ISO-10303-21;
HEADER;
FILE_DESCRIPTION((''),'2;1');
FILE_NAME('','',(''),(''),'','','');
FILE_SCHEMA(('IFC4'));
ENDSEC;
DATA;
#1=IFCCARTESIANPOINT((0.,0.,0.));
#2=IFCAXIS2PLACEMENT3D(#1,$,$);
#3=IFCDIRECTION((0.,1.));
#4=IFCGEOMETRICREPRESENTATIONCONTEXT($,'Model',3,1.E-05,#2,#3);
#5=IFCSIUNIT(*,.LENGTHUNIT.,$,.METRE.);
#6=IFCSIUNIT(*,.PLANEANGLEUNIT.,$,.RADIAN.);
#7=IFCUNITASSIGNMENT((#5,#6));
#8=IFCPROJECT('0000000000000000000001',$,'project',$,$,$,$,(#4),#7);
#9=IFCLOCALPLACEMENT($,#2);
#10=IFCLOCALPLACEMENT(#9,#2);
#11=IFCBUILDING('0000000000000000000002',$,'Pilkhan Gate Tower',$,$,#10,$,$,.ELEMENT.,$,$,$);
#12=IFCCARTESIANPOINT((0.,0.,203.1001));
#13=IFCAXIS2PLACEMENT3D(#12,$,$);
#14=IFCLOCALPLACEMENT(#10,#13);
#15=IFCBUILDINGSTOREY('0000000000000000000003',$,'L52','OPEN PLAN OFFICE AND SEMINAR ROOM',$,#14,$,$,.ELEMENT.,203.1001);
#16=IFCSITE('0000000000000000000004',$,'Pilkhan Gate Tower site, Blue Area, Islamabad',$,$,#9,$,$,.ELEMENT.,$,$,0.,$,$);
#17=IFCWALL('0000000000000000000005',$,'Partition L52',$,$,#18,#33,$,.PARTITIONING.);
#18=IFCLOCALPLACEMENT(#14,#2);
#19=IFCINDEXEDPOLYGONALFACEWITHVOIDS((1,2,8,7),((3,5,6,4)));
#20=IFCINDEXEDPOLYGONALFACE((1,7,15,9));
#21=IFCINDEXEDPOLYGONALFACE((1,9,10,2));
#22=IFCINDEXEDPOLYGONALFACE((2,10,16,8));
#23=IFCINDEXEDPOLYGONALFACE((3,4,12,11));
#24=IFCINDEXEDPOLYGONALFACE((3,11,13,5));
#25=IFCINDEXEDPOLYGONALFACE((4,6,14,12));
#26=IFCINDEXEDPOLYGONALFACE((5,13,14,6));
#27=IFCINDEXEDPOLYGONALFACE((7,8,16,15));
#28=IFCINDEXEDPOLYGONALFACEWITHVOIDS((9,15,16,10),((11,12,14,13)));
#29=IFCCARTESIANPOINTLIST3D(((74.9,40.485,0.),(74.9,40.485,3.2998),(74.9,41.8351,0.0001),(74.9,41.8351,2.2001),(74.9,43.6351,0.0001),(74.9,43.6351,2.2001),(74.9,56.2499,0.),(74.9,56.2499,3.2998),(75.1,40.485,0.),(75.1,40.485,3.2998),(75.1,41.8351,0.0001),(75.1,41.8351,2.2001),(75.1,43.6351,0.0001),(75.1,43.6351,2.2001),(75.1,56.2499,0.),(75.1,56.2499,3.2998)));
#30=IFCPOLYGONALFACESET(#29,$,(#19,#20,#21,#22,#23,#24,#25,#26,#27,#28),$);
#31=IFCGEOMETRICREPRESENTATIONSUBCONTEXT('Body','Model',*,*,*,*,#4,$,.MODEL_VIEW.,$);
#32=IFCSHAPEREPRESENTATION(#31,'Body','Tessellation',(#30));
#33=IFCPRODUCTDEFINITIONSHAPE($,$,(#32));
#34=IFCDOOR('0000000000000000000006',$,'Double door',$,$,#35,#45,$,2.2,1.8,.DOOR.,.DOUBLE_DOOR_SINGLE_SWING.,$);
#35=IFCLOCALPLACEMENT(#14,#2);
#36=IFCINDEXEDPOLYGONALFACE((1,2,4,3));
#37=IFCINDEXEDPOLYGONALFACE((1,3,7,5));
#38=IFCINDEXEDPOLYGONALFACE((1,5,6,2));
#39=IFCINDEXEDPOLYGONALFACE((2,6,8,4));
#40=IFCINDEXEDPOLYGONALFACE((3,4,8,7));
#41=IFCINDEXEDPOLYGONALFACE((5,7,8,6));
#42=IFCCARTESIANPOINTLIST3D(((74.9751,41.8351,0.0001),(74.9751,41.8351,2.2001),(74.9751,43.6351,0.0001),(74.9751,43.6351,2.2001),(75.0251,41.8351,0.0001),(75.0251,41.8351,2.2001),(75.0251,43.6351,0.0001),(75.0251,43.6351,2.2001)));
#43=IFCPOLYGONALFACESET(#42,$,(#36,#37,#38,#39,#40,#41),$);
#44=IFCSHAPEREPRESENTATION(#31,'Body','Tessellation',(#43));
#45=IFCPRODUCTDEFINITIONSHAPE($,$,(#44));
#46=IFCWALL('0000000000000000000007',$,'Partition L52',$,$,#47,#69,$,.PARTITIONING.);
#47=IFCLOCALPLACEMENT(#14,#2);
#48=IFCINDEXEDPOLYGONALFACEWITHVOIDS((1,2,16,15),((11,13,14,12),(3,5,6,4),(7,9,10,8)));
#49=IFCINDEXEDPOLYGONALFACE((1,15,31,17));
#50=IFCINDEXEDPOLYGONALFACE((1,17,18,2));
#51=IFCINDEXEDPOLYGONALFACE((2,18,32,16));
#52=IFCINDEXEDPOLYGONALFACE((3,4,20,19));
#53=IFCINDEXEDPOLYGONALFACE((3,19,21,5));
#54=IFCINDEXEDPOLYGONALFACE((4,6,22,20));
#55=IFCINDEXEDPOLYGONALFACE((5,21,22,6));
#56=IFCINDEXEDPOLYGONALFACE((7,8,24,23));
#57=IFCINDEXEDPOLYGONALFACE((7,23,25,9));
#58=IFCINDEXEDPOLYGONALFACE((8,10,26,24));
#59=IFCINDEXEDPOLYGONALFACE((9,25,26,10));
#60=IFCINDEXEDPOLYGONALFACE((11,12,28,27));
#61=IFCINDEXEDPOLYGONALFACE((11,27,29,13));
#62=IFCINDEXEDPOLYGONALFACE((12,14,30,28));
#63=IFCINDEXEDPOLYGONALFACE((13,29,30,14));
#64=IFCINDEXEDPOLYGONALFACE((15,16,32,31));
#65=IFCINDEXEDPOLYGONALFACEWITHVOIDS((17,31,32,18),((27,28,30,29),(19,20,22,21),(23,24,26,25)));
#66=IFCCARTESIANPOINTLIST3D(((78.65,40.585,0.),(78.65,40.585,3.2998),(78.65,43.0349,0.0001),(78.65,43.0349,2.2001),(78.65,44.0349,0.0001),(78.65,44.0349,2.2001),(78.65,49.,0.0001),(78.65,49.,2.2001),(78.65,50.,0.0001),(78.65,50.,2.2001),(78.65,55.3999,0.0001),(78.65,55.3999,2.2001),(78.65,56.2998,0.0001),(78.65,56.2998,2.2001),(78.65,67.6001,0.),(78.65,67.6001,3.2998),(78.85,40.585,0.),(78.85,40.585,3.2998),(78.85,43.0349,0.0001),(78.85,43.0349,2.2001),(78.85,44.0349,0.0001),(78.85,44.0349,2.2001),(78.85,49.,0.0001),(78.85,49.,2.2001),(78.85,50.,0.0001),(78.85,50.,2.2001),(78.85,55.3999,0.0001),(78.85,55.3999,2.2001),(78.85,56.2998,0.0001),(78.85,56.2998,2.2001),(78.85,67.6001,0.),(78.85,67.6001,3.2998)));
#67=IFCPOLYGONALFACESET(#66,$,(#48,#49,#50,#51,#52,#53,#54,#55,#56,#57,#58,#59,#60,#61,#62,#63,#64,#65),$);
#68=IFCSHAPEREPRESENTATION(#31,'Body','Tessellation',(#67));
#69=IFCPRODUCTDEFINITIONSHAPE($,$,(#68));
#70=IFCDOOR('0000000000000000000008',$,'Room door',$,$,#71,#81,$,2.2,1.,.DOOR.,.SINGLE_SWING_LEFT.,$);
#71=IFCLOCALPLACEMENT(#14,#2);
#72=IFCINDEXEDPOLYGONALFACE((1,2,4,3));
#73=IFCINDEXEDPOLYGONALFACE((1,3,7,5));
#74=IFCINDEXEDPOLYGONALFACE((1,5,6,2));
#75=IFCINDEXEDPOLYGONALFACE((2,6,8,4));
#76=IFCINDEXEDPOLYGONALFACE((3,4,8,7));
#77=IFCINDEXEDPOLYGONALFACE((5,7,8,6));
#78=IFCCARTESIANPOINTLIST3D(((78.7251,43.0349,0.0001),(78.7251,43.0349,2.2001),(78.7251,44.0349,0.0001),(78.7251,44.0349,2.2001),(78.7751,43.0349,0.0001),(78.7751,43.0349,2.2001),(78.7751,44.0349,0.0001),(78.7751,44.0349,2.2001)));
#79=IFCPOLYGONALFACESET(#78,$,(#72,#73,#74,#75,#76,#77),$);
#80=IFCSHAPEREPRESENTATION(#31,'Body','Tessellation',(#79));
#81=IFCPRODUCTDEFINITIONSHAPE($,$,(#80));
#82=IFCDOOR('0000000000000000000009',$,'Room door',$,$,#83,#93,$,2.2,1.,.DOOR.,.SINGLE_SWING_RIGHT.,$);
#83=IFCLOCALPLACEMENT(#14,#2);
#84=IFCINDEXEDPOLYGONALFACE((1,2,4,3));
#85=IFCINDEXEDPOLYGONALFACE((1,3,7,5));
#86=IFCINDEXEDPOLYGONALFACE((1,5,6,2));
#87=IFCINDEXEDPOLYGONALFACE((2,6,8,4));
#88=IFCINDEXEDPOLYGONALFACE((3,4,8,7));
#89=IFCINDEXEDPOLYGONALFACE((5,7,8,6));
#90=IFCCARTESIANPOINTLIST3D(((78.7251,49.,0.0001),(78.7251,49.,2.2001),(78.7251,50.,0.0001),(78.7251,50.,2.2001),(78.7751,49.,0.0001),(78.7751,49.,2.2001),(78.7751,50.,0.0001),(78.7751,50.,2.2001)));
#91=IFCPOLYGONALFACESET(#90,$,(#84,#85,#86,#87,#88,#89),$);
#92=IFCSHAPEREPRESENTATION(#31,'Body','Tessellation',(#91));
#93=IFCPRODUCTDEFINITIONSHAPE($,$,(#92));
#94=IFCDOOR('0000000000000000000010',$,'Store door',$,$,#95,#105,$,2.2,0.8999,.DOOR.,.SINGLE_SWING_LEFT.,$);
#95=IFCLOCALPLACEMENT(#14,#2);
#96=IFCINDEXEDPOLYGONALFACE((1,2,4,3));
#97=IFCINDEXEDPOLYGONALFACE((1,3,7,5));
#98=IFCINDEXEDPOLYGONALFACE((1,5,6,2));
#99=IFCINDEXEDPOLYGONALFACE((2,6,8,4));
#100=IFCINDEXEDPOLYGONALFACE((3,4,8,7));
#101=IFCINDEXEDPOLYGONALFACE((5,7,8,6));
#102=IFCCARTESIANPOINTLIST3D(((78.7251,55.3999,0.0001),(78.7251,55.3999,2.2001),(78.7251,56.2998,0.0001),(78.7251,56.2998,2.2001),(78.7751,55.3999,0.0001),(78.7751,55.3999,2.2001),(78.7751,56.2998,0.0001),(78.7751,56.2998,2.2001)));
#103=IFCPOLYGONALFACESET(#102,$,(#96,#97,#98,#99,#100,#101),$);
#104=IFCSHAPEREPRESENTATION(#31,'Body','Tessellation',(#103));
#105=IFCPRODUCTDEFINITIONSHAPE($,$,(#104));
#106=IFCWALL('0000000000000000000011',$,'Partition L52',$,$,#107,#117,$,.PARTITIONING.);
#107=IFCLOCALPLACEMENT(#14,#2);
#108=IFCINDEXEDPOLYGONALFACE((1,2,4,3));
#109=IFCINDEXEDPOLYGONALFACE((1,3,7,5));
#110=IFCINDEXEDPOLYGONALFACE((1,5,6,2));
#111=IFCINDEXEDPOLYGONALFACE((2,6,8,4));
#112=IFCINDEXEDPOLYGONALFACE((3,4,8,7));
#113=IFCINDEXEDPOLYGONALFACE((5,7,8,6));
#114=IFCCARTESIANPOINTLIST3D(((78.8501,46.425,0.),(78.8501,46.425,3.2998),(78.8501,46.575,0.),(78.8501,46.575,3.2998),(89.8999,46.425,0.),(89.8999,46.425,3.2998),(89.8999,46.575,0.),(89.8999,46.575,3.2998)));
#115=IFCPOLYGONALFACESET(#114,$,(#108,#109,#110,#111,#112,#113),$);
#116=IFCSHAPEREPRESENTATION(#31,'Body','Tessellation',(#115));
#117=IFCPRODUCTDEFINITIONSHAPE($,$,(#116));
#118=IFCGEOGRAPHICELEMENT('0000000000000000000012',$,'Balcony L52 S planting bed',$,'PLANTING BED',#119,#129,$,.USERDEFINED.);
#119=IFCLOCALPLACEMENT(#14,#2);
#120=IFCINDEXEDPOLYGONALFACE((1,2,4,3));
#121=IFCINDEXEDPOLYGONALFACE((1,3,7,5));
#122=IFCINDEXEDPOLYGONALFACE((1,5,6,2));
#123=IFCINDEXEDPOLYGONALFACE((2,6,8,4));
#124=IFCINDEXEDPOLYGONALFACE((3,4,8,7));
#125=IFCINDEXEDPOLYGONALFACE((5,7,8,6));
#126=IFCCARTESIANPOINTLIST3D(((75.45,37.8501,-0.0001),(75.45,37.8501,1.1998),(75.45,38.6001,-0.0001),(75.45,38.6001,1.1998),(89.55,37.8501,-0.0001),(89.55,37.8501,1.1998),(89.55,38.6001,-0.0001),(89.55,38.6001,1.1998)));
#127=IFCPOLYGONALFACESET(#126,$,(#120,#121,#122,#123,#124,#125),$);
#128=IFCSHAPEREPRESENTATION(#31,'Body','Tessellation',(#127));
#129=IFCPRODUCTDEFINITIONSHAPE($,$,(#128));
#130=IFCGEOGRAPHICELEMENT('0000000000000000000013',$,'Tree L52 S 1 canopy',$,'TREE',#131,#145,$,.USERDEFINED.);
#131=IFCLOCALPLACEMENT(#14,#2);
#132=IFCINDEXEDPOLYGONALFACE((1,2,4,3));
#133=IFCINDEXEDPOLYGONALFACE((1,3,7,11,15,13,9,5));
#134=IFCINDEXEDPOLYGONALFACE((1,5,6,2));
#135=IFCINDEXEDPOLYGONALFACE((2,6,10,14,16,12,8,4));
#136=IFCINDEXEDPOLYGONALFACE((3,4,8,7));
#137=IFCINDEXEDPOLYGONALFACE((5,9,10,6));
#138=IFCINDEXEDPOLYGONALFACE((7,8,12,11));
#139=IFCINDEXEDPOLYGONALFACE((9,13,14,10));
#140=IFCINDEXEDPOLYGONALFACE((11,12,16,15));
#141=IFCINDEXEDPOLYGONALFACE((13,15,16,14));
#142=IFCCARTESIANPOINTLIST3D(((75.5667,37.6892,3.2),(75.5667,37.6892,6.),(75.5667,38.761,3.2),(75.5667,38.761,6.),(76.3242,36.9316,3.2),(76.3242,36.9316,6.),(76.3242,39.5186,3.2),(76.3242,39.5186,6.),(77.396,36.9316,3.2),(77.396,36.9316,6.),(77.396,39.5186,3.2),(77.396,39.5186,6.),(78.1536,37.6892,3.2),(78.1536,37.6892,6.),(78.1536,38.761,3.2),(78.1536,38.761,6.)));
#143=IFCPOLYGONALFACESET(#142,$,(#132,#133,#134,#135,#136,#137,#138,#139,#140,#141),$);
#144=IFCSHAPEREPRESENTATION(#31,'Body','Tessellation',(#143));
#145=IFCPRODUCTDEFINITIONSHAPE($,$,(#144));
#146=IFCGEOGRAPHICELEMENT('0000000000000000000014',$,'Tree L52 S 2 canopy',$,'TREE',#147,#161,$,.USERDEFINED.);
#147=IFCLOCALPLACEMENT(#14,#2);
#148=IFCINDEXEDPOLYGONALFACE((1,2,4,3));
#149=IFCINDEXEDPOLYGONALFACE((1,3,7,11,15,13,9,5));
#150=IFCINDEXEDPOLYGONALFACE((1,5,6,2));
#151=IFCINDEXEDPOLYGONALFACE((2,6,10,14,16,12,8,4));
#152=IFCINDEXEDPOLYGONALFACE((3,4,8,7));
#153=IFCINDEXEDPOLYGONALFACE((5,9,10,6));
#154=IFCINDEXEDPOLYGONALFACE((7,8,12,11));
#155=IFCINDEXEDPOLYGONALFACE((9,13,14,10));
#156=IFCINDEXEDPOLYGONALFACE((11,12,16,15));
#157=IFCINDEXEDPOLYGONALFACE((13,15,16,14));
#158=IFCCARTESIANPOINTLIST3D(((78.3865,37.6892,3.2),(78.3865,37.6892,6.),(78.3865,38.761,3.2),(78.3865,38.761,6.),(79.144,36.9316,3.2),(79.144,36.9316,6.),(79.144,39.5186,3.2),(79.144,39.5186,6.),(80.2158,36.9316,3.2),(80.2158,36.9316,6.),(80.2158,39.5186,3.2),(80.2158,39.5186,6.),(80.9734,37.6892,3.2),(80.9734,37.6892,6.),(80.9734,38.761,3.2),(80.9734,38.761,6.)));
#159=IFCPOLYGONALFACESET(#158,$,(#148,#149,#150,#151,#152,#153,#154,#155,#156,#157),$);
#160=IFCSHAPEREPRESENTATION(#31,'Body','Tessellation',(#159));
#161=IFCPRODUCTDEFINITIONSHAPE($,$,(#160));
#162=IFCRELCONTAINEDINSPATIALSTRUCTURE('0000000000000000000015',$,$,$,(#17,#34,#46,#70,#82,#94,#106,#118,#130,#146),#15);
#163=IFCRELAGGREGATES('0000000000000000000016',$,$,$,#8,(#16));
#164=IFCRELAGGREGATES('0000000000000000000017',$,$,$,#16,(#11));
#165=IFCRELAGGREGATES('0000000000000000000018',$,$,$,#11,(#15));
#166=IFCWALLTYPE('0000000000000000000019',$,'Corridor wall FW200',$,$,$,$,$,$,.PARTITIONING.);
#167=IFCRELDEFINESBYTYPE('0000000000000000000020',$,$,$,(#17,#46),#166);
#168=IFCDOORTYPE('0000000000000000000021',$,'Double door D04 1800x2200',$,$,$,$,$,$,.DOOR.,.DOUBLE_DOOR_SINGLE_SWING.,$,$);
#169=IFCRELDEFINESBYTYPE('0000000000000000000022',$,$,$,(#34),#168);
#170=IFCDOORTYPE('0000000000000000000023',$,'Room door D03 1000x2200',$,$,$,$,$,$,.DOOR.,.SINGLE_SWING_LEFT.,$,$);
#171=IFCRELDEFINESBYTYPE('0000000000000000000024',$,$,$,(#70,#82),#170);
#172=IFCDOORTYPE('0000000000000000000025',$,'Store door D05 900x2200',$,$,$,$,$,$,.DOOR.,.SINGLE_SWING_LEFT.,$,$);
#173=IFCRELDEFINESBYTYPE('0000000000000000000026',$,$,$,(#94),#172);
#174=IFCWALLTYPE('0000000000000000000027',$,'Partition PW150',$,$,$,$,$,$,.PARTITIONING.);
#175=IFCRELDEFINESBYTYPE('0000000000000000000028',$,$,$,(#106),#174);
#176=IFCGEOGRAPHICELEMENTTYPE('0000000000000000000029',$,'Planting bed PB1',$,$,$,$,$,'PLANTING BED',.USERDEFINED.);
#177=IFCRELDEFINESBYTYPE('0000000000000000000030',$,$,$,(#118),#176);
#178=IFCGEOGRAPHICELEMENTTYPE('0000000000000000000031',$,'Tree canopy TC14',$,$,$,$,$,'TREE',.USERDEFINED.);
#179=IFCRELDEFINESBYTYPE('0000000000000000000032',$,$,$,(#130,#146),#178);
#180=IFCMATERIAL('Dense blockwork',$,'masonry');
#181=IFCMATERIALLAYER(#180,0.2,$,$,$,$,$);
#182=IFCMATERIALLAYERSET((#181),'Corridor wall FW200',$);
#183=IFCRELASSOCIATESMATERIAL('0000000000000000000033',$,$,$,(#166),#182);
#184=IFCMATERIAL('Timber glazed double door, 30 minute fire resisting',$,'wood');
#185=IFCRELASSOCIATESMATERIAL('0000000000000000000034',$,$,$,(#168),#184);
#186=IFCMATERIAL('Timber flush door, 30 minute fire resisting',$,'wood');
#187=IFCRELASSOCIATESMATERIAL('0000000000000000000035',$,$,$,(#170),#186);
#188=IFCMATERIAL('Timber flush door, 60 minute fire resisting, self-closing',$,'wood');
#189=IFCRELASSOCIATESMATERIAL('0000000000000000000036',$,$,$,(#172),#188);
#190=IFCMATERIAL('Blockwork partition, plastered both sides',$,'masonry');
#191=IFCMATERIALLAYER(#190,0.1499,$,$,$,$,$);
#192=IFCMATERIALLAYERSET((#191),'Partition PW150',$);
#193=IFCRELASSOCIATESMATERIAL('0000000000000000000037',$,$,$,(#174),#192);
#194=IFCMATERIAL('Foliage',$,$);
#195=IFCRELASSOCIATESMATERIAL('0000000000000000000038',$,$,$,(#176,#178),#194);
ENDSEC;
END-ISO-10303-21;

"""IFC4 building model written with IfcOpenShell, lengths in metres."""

from ifc_helpers import new_model, si_unit, direction, frame, frame_2d, origin, origin_2d, place, context, subcontext, project, spatial, polyline, rectangle, outline, extrude, material, layer, layer_set, material_profile, profile_set, type_object, element, fill, save


model = new_model("IFC4")

# Units and contexts
model_context = context("Model", 3, precision=1e-05, world=origin(), true_north=direction((0.0, 1.0)))
body_context = subcontext(model_context, "Body", "Model", "MODEL_VIEW")
ifc_project = project(units=[si_unit("LENGTHUNIT", "METRE"), si_unit("PLANEANGLEUNIT", "RADIAN")], contexts=[model_context])

# Site, building, storey
site_placement = place(None, origin())
site = spatial("IfcSite", under=ifc_project, at=site_placement, Name="Pilkhan Gate Tower site, Blue Area, Islamabad", CompositionType="ELEMENT", RefElevation=0.0)
building_placement = place(site_placement, origin())
building = spatial("IfcBuilding", under=site, at=building_placement, Name="Pilkhan Gate Tower", CompositionType="ELEMENT")
storey_placement = place(building_placement, frame((0.0, 0.0, 203.1001)))
storey = spatial("IfcBuildingStorey", under=building, at=storey_placement, Name="L52", Description="OPEN PLAN OFFICE AND SEMINAR ROOM", CompositionType="ELEMENT", Elevation=203.1001)

# Wall, opening, door
ifc_material_1 = material(Name="Dense blockwork", Category="masonry")
ifc_layer_1 = layer(ifc_material_1, 0.2)
ifc_layer_set_1 = layer_set([ifc_layer_1], Name="Corridor wall FW200")
wall_type_1 = type_object("IfcWallType", Name="Corridor wall FW200", PredefinedType="PARTITIONING", material=ifc_layer_set_1)
wall_1_placement = place(storey_placement, frame((75.0, 40.4851, 0.0), z_axis=(0.0, 0.0, 1.0), x_axis=(0.0, 1.0, 0.0)))
wall_1 = element("IfcWall", 1, at=wall_1_placement, inside=storey, type_object=wall_type_1, Name="Partition L52", PredefinedType="PARTITIONING", context=body_context, shape_type="SweptSolid", body=[
    extrude(rectangle(XDim=15.7649, YDim=0.2, at=frame_2d((7.8823, 0.0))), origin(), (0.0, 0.0, 1.0), 3.2998),
])
opening_1_placement = place(wall_1_placement, frame((1.3501, 0.0, 0.0)))
opening_1 = element("IfcOpeningElement", 2, at=opening_1_placement, cuts=wall_1, PredefinedType="OPENING", context=body_context, shape_type="SweptSolid", body=[
    extrude(rectangle(XDim=1.8, YDim=2.2, at=frame_2d((0.8999, 1.1001))), frame((0.0, 0.1099, 0.0), z_axis=(0.0, -1.0, 0.0), x_axis=(1.0, 0.0, 0.0)), (0.0, 0.0, 1.0), 0.22),
])
ifc_material_2 = material(Name="Timber glazed double door, 30 minute fire resisting", Category="wood")
door_type_1 = type_object("IfcDoorType", Name="Double door D04 1800x2200", OperationType="DOUBLE_DOOR_SINGLE_SWING", PredefinedType="DOOR", material=ifc_material_2)
door_1_placement = place(opening_1_placement, origin())
door_1 = element("IfcDoor", 3, at=door_1_placement, inside=storey, type_object=door_type_1, Name="Double door", OperationType="DOUBLE_DOOR_SINGLE_SWING", OverallHeight=2.2, OverallWidth=1.8, PredefinedType="DOOR", context=body_context, shape_type="SweptSolid", body=[
    extrude(rectangle(XDim=1.8, YDim=2.2, at=frame_2d((0.8999, 1.1001))), frame((0.0, 0.0249, 0.0), z_axis=(0.0, -1.0, 0.0), x_axis=(1.0, 0.0, 0.0)), (0.0, 0.0, 1.0), 0.05),
])
fill(opening_1, door_1)

# Wall, openings, doors
wall_2_placement = place(storey_placement, frame((78.75, 40.585, 0.0), z_axis=(0.0, 0.0, 1.0), x_axis=(0.0, 1.0, 0.0)))
wall_2 = element("IfcWall", 4, at=wall_2_placement, inside=storey, type_object=wall_type_1, Name="Partition L52", PredefinedType="PARTITIONING", context=body_context, shape_type="SweptSolid", body=[
    extrude(rectangle(XDim=27.0151, YDim=0.2, at=frame_2d((13.5076, 0.0))), origin(), (0.0, 0.0, 1.0), 3.2998),
])
opening_2_placement = place(wall_2_placement, frame((2.45, 0.0, 0.0)))
opening_2 = element("IfcOpeningElement", 5, at=opening_2_placement, cuts=wall_2, PredefinedType="OPENING", context=body_context, shape_type="SweptSolid", body=[
    extrude(rectangle(XDim=1.0, YDim=2.2, at=frame_2d((0.5, 1.1001))), frame((0.0, 0.1099, 0.0), z_axis=(0.0, -1.0, 0.0), x_axis=(1.0, 0.0, 0.0)), (0.0, 0.0, 1.0), 0.22),
])
opening_3_placement = place(wall_2_placement, frame((8.415, 0.0, 0.0)))
opening_3 = element("IfcOpeningElement", 6, at=opening_3_placement, cuts=wall_2, PredefinedType="OPENING", context=body_context, shape_type="SweptSolid", body=[
    extrude(rectangle(XDim=1.0, YDim=2.2, at=frame_2d((0.5, 1.1001))), frame((0.0, 0.1099, 0.0), z_axis=(0.0, -1.0, 0.0), x_axis=(1.0, 0.0, 0.0)), (0.0, 0.0, 1.0), 0.22),
])
opening_4_placement = place(wall_2_placement, frame((14.8149, 0.0, 0.0)))
opening_4 = element("IfcOpeningElement", 7, at=opening_4_placement, cuts=wall_2, PredefinedType="OPENING", context=body_context, shape_type="SweptSolid", body=[
    extrude(rectangle(XDim=0.8999, YDim=2.2, at=frame_2d((0.45, 1.1001))), frame((0.0, 0.1099, 0.0), z_axis=(0.0, -1.0, 0.0), x_axis=(1.0, 0.0, 0.0)), (0.0, 0.0, 1.0), 0.22),
])
ifc_material_3 = material(Name="Timber flush door, 30 minute fire resisting", Category="wood")
door_type_2 = type_object("IfcDoorType", Name="Room door D03 1000x2200", OperationType="SINGLE_SWING_LEFT", PredefinedType="DOOR", material=ifc_material_3)
door_2_placement = place(opening_2_placement, origin())
door_2 = element("IfcDoor", 8, at=door_2_placement, inside=storey, type_object=door_type_2, Name="Room door", OperationType="SINGLE_SWING_LEFT", OverallHeight=2.2, OverallWidth=1.0, PredefinedType="DOOR", context=body_context, shape_type="SweptSolid", body=[
    extrude(rectangle(XDim=1.0, YDim=2.2, at=frame_2d((0.5, 1.1001))), frame((0.0, 0.0249, 0.0), z_axis=(0.0, -1.0, 0.0), x_axis=(1.0, 0.0, 0.0)), (0.0, 0.0, 1.0), 0.05),
])
fill(opening_2, door_2)
door_3_placement = place(opening_3_placement, origin())
door_3 = element("IfcDoor", 9, at=door_3_placement, inside=storey, type_object=door_type_2, Name="Room door", OperationType="SINGLE_SWING_RIGHT", OverallHeight=2.2, OverallWidth=1.0, PredefinedType="DOOR", context=body_context, shape_type="SweptSolid", body=[
    extrude(rectangle(XDim=1.0, YDim=2.2, at=frame_2d((0.5, 1.1001))), frame((0.0, 0.0249, 0.0), z_axis=(0.0, -1.0, 0.0), x_axis=(1.0, 0.0, 0.0)), (0.0, 0.0, 1.0), 0.05),
])
fill(opening_3, door_3)
ifc_material_4 = material(Name="Timber flush door, 60 minute fire resisting, self-closing", Category="wood")
door_type_3 = type_object("IfcDoorType", Name="Store door D05 900x2200", OperationType="SINGLE_SWING_LEFT", PredefinedType="DOOR", material=ifc_material_4)
door_4_placement = place(opening_4_placement, origin())
door_4 = element("IfcDoor", 10, at=door_4_placement, inside=storey, type_object=door_type_3, Name="Store door", OperationType="SINGLE_SWING_LEFT", OverallHeight=2.2, OverallWidth=0.8999, PredefinedType="DOOR", context=body_context, shape_type="SweptSolid", body=[
    extrude(rectangle(XDim=0.8999, YDim=2.2, at=frame_2d((0.45, 1.1001))), frame((0.0, 0.0249, 0.0), z_axis=(0.0, -1.0, 0.0), x_axis=(1.0, 0.0, 0.0)), (0.0, 0.0, 1.0), 0.05),
])
fill(opening_4, door_4)

# Wall
ifc_material_5 = material(Name="Blockwork partition, plastered both sides", Category="masonry")
ifc_layer_2 = layer(ifc_material_5, 0.1499)
ifc_layer_set_2 = layer_set([ifc_layer_2], Name="Partition PW150")
wall_type_2 = type_object("IfcWallType", Name="Partition PW150", PredefinedType="PARTITIONING", material=ifc_layer_set_2)
wall_3_placement = place(storey_placement, frame((78.8501, 46.5, 0.0), z_axis=(0.0, 0.0, 1.0), x_axis=(1.0, 0.0, 0.0)))
element("IfcWall", 11, at=wall_3_placement, inside=storey, type_object=wall_type_2, Name="Partition L52", PredefinedType="PARTITIONING", context=body_context, shape_type="SweptSolid", body=[
    extrude(rectangle(XDim=11.0498, YDim=0.1499, at=frame_2d((5.5249, 0.0))), origin(), (0.0, 0.0, 1.0), 3.2998),
])

# Geographic elements
ifc_material_6 = material(Name="Foliage")
ifc_material_profile_1 = material_profile(ifc_material_6, rectangle(XDim=0.75, YDim=1.2, at=origin_2d()), Name="Bed 750x1200")
ifc_profile_set_1 = profile_set([ifc_material_profile_1], Name="Foliage")
geographic_element_type_1 = type_object("IfcGeographicElementType", Name="Planting bed PB1", ElementType="PLANTING BED", PredefinedType="USERDEFINED", material=ifc_profile_set_1)
geographic_element_placement = place(storey_placement, frame((75.45, 38.2251, 0.5999), z_axis=(1.0, 0.0, 0.0), x_axis=(0.0, 1.0, 0.0)))
element("IfcGeographicElement", 12, at=geographic_element_placement, inside=storey, type_object=geographic_element_type_1, Name="Balcony L52 S planting bed", ObjectType="PLANTING BED", PredefinedType="USERDEFINED", context=body_context, shape_type="SweptSolid", body=[
    extrude(rectangle(XDim=0.75, YDim=1.2, at=origin_2d()), origin(), (0.0, 0.0, 1.0), 14.1001),
])
ifc_material_profile_2 = material_profile(ifc_material_6, outline(polyline([(1.2935, 0.5359), (0.5359, 1.2935), (-0.5359, 1.2935), (-1.2935, 0.5359), (-1.2935, -0.5359), (-0.5359, -1.2935), (0.5359, -1.2935), (1.2935, -0.5359), (1.2935, 0.5359)])), Name="Canopy D2.8")
ifc_profile_set_2 = profile_set([ifc_material_profile_2], Name="Foliage")
geographic_element_type_2 = type_object("IfcGeographicElementType", Name="Tree canopy TC14", ElementType="TREE", PredefinedType="USERDEFINED", material=ifc_profile_set_2)
for number, where, z_axis, x_axis, name in (
    (13, (76.8601, 38.2251, 3.2), (0.0, 0.0, 1.0), (1.0, 0.0, 0.0), "Tree L52 S 1 canopy"),
    (14, (79.6799, 38.2251, 3.2), (0.0, 0.0, 1.0), (1.0, 0.0, 0.0), "Tree L52 S 2 canopy"),
):
    element("IfcGeographicElement", number, at=place(storey_placement, frame(where, z_axis=z_axis, x_axis=x_axis)), inside=storey, type_object=geographic_element_type_2, Name=name, ObjectType="TREE", PredefinedType="USERDEFINED", context=body_context, shape_type="SweptSolid", body=[
        extrude(outline(polyline([(1.2935, 0.5359), (0.5359, 1.2935), (-0.5359, 1.2935), (-1.2935, 0.5359), (-1.2935, -0.5359), (-0.5359, -1.2935), (0.5359, -1.2935), (1.2935, -0.5359), (1.2935, 0.5359)])), origin(), (0.0, 0.0, 1.0), 2.8),
    ])

save(model, "model.ifc")
